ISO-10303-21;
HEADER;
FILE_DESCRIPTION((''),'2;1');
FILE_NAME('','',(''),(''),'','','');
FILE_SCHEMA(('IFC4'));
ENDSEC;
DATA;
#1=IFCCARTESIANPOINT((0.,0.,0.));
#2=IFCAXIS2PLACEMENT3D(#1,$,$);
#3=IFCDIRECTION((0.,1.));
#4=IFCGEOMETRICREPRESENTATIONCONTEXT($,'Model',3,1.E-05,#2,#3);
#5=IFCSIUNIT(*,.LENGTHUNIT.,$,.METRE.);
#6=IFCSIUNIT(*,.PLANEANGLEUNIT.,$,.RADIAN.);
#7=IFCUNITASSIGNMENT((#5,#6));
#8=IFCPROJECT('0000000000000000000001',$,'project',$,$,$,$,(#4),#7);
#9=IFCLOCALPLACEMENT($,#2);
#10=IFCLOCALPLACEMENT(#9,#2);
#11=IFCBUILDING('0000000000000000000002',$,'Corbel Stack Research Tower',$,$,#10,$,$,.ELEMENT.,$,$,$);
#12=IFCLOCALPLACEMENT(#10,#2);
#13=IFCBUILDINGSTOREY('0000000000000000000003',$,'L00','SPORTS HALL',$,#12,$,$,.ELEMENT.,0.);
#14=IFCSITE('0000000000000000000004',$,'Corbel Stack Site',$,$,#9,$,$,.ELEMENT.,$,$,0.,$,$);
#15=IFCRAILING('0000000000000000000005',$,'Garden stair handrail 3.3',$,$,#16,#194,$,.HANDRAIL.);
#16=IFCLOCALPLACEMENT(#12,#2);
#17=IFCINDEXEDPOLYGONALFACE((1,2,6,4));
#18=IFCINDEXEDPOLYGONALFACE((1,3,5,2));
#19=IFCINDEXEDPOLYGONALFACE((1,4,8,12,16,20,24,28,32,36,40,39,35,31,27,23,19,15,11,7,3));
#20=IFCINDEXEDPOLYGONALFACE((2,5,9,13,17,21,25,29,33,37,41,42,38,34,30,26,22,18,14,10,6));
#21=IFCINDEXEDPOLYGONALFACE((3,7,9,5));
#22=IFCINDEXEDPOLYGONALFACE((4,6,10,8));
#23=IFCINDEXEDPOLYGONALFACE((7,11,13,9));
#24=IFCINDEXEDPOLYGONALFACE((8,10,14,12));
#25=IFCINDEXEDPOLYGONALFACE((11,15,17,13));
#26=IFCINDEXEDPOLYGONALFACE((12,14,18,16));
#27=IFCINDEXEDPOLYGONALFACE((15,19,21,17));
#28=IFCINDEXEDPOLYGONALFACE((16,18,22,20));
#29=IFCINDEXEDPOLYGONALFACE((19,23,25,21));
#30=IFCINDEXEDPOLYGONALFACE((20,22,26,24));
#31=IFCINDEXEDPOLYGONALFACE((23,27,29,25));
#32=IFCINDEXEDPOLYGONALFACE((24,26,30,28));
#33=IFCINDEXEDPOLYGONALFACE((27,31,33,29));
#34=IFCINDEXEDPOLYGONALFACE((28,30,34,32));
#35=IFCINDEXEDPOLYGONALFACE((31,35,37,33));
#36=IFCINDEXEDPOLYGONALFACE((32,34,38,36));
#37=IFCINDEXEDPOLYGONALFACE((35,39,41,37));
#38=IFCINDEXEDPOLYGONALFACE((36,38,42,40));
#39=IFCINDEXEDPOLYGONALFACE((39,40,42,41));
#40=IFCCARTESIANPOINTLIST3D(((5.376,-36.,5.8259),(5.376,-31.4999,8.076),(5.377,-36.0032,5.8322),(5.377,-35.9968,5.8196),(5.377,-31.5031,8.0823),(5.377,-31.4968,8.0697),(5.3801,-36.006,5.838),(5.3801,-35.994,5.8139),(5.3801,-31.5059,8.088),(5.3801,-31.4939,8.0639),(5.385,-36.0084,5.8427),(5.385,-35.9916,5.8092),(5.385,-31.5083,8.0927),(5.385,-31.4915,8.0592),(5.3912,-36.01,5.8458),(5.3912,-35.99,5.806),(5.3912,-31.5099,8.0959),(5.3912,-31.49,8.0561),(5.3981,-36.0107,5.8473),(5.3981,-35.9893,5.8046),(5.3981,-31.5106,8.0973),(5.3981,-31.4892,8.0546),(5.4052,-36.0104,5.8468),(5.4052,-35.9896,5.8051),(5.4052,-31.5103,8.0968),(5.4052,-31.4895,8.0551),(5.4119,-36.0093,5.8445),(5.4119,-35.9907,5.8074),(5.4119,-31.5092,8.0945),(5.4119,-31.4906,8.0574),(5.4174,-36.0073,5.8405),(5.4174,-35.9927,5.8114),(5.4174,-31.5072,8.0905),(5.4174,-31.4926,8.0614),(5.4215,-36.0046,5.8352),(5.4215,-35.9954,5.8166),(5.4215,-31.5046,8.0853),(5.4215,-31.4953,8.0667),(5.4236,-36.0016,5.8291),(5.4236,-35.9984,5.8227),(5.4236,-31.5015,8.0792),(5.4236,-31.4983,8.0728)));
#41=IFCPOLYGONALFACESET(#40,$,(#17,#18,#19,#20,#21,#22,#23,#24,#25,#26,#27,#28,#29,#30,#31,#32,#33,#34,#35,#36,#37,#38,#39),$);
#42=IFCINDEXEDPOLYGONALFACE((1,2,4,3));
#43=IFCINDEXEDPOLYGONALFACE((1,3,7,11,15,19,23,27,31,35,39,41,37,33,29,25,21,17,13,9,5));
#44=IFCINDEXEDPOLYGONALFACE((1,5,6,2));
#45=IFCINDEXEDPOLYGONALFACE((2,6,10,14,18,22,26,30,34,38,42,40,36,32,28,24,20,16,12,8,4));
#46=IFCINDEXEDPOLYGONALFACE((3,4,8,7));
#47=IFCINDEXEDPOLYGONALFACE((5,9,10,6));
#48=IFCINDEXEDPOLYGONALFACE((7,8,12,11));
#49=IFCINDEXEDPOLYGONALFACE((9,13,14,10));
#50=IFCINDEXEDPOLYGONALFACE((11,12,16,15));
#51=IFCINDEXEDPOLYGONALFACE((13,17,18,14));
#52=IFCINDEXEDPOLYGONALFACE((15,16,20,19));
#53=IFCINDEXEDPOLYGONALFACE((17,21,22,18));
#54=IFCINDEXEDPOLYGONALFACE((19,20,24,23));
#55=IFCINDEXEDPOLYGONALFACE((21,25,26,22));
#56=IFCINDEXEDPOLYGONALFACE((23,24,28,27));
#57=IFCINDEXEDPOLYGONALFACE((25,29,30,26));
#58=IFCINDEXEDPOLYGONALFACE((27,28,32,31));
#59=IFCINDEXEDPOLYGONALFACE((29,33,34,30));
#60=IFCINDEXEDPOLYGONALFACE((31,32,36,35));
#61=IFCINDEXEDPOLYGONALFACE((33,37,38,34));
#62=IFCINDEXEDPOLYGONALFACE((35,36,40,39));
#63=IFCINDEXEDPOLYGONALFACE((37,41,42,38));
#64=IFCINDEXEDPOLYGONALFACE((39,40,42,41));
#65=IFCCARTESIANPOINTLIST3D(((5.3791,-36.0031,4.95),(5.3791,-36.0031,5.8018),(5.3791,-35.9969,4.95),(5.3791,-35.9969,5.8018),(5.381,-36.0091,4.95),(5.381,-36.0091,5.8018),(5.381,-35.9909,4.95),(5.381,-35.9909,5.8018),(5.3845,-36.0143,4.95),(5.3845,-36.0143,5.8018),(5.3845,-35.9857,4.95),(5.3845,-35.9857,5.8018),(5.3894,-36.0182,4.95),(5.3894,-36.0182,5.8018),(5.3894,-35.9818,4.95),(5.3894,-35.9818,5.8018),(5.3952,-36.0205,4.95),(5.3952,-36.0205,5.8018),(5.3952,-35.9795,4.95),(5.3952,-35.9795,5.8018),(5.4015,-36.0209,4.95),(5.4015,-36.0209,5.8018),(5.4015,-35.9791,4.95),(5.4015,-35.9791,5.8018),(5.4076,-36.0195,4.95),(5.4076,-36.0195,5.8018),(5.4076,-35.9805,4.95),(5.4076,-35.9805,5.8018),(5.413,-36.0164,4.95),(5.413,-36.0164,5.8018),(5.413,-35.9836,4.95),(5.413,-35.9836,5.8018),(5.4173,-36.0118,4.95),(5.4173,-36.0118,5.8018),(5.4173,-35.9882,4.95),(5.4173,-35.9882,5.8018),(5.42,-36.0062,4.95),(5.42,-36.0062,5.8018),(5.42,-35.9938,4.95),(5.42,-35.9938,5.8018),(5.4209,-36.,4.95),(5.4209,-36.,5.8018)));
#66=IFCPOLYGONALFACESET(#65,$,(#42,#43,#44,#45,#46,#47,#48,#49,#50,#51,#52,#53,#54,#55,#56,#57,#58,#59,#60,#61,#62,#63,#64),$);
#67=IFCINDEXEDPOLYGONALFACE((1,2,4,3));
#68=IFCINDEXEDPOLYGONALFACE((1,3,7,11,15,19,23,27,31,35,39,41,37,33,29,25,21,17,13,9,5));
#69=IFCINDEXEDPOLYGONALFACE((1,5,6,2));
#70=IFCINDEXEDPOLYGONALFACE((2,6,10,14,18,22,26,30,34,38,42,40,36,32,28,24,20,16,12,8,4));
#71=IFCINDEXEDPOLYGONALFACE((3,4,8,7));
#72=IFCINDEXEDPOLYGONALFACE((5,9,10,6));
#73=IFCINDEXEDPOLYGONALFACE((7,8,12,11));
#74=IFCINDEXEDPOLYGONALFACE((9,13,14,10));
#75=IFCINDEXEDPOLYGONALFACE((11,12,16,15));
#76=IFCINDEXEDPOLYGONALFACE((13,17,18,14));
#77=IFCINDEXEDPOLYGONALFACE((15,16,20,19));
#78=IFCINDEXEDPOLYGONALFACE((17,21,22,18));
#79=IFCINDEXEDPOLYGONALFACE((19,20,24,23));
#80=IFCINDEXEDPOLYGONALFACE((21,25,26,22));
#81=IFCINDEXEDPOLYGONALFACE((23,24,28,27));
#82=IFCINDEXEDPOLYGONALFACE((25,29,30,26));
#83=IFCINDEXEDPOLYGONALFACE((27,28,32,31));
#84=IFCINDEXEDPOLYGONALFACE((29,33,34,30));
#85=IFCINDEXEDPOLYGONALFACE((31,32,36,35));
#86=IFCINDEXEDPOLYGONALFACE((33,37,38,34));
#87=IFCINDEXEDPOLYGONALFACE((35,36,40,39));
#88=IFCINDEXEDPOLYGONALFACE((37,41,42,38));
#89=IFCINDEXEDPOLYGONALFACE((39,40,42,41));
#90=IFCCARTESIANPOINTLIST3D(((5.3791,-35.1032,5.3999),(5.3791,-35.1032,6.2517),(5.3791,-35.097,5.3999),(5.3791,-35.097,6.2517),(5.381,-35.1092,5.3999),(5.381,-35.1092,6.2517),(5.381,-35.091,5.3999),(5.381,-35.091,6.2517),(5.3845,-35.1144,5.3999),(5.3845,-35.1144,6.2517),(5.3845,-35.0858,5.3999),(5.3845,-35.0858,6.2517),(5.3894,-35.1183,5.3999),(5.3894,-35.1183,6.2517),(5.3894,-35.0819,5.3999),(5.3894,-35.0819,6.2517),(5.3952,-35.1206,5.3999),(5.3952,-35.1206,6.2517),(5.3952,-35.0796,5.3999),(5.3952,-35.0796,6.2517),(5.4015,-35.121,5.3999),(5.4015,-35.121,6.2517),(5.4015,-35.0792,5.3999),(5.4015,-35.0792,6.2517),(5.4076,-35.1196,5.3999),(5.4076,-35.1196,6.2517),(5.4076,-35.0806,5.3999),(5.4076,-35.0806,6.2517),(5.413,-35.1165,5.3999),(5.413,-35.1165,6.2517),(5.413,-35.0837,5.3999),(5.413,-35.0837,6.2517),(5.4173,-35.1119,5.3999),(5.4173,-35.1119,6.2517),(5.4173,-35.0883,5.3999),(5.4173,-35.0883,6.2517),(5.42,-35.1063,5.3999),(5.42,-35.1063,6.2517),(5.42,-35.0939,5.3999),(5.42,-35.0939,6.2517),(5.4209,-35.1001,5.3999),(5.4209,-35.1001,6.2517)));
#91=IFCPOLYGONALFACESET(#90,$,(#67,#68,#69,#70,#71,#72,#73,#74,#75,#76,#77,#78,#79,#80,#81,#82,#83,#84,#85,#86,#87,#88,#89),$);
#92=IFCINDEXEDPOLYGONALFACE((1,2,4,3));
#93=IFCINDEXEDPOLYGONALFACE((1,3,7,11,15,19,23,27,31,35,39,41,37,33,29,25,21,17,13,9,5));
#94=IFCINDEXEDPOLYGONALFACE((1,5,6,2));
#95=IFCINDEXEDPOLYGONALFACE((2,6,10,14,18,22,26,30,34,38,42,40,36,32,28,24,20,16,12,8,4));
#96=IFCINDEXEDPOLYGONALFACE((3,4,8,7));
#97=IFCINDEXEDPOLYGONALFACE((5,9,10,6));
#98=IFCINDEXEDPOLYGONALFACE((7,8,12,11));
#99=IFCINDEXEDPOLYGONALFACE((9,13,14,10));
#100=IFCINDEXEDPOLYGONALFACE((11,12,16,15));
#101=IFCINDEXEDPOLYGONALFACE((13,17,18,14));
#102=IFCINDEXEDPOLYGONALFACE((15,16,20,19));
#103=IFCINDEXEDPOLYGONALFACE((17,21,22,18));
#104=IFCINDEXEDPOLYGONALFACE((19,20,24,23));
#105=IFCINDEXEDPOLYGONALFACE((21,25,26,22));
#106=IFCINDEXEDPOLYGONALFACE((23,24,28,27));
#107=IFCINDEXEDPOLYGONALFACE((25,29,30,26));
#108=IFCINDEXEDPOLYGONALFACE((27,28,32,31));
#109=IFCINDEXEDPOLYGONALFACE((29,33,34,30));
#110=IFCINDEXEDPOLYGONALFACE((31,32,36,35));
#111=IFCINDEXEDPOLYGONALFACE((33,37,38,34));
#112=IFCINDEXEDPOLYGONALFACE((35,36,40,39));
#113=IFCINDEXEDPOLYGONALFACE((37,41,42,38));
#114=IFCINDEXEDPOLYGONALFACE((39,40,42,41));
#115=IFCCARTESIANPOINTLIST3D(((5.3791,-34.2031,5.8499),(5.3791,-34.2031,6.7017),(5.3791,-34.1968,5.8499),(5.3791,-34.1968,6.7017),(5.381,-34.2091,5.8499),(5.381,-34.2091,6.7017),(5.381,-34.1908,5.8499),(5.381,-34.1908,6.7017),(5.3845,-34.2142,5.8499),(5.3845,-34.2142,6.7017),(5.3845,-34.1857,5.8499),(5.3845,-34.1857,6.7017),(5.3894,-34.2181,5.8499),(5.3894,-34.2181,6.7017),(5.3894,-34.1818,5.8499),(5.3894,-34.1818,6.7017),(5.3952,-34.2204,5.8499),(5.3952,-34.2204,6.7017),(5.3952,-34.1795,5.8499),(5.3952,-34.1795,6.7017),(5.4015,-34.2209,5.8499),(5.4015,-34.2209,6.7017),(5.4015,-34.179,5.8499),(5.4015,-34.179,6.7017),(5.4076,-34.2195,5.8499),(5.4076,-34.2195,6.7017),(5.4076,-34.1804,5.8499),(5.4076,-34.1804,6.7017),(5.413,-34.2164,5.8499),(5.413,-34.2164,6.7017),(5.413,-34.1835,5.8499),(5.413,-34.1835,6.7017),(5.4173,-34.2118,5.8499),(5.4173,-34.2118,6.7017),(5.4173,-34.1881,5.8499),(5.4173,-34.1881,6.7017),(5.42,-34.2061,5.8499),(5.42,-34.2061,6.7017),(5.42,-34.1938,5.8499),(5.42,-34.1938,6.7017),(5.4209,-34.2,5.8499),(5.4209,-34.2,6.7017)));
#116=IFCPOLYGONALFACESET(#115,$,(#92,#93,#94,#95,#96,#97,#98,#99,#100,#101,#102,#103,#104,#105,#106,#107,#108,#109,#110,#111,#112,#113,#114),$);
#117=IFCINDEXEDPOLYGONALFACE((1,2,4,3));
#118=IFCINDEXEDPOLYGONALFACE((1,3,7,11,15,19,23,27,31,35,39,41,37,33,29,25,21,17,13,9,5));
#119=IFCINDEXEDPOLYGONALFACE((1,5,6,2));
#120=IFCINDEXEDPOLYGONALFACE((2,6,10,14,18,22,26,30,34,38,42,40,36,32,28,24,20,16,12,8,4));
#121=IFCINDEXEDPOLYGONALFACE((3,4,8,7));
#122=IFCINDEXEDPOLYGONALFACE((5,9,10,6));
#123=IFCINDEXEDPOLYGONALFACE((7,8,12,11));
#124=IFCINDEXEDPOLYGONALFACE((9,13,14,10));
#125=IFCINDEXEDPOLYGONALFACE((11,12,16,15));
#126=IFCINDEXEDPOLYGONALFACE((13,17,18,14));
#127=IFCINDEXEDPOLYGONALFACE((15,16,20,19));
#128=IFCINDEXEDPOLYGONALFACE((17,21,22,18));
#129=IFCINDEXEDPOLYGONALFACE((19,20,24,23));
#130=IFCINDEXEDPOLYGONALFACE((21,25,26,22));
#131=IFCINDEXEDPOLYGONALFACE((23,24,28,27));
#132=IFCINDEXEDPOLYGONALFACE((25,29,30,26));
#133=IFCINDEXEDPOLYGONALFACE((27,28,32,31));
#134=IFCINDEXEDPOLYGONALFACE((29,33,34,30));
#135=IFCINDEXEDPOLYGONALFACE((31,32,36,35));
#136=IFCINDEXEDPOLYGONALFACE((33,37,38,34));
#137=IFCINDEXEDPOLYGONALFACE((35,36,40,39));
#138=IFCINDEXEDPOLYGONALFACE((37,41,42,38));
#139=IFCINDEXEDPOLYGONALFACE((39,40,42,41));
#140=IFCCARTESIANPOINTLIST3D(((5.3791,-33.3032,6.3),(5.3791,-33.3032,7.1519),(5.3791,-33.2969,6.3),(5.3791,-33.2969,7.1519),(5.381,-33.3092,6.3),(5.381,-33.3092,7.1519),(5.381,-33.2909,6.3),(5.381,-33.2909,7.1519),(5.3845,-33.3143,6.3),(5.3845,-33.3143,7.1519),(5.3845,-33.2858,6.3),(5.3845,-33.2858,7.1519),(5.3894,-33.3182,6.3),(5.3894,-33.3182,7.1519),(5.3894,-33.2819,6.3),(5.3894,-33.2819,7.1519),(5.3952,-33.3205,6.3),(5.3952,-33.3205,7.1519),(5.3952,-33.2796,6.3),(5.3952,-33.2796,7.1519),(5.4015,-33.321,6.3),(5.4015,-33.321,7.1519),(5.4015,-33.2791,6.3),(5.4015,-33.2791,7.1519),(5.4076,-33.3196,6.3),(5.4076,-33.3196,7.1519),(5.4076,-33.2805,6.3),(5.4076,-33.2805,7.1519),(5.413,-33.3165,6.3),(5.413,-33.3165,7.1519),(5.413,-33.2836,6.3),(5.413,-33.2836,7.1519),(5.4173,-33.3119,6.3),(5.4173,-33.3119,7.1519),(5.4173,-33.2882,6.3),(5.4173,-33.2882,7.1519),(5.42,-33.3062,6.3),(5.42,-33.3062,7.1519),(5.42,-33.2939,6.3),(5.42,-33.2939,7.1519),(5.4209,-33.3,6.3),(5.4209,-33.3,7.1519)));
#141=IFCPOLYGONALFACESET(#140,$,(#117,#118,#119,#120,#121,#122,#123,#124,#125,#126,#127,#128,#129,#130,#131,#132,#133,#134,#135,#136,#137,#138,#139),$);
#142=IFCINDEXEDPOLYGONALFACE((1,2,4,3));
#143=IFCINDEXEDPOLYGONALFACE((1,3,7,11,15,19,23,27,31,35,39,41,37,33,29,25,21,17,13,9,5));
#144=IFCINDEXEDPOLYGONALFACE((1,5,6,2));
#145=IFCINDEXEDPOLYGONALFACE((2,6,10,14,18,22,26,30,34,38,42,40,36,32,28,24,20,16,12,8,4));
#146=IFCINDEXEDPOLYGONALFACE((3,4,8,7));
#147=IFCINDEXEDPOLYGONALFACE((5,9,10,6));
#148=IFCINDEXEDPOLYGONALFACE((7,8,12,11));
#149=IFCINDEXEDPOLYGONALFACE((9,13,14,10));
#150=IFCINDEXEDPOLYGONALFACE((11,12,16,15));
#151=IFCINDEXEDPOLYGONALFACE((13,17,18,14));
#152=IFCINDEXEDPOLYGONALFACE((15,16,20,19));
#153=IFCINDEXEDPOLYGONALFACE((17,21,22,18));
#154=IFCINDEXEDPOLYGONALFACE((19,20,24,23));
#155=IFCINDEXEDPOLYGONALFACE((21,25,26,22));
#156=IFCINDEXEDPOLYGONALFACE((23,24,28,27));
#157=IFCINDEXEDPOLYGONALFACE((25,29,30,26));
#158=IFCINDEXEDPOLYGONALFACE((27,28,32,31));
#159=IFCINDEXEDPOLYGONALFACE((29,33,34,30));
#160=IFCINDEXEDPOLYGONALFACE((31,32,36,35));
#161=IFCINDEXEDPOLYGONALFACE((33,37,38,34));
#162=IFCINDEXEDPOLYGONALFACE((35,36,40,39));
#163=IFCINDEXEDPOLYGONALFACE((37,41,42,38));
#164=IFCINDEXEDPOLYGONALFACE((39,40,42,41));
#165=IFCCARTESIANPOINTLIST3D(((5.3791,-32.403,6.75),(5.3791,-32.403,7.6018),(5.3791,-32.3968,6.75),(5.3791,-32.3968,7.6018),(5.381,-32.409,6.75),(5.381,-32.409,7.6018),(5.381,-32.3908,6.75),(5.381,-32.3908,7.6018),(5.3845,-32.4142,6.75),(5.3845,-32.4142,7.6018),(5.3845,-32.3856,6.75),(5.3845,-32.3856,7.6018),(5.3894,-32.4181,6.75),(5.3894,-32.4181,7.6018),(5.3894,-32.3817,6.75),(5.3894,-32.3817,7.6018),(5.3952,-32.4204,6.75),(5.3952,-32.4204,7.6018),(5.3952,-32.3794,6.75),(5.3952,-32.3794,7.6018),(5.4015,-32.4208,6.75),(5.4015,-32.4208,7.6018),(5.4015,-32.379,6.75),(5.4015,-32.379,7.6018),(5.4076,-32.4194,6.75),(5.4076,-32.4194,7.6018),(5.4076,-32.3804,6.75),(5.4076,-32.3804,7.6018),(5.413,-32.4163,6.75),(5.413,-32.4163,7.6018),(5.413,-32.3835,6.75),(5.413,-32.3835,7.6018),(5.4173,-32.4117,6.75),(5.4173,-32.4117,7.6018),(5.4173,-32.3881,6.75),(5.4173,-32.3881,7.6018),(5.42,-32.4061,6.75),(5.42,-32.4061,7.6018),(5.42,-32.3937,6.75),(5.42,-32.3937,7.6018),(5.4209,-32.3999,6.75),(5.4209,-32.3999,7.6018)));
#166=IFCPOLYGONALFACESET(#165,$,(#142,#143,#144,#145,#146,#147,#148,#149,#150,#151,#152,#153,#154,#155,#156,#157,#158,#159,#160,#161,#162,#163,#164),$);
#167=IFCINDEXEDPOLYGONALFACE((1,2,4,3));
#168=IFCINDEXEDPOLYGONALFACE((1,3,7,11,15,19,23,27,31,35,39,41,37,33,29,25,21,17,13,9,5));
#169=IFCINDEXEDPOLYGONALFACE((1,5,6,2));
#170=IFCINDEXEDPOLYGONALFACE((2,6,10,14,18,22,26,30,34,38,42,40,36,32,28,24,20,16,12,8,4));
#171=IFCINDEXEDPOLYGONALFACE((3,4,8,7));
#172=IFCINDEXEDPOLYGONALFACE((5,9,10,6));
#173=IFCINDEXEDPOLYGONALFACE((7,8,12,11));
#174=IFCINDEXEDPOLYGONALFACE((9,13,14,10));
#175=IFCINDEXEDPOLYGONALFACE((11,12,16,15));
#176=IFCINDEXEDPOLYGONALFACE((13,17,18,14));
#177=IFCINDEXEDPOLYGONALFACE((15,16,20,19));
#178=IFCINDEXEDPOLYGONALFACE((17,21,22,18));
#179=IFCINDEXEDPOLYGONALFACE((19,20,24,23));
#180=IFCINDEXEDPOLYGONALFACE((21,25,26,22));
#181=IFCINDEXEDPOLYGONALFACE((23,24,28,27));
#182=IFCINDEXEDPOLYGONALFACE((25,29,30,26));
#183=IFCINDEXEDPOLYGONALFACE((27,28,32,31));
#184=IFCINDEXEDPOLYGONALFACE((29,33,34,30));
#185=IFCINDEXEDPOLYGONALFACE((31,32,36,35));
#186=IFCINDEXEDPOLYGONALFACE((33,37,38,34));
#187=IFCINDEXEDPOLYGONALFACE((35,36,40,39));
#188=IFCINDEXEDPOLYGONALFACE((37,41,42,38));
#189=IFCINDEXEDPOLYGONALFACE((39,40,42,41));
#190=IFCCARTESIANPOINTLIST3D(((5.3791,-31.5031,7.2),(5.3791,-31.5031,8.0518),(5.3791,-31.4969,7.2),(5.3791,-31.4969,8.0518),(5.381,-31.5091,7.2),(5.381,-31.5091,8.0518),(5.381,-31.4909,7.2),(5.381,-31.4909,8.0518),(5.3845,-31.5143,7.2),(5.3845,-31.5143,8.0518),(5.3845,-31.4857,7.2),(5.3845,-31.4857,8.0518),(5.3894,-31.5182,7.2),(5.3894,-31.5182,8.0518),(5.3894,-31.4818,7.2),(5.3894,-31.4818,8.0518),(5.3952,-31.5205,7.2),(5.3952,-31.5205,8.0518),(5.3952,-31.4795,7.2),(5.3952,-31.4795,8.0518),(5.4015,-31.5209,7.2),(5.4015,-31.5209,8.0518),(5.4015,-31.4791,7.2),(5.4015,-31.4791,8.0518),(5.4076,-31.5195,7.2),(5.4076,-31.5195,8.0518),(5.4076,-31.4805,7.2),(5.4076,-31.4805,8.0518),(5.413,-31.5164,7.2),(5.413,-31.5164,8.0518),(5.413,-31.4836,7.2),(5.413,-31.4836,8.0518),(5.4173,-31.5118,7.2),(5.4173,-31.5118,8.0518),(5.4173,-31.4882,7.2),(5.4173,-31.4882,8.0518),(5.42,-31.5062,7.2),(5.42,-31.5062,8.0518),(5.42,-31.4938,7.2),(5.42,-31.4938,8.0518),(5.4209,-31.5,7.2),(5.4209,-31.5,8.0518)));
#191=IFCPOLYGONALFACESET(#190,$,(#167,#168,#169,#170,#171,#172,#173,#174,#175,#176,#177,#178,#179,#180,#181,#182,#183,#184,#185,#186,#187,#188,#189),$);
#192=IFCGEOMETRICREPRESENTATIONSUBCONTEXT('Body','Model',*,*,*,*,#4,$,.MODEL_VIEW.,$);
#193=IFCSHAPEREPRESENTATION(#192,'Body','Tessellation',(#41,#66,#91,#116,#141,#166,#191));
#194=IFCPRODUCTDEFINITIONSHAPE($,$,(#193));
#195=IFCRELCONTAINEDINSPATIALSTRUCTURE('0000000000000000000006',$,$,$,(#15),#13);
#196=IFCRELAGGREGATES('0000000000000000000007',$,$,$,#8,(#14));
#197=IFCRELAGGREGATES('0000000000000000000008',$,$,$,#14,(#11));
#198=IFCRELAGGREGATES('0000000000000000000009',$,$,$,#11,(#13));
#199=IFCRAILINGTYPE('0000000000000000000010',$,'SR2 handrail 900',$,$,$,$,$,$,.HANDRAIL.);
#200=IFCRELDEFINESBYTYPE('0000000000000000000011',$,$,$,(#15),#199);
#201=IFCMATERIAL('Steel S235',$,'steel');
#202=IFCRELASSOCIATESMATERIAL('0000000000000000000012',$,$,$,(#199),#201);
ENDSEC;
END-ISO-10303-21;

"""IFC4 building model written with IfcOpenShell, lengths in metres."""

from ifc_helpers import new_model, si_unit, direction, frame, origin, origin_2d, place, context, subcontext, project, spatial, circle, extrude, material, type_object, element, save


model = new_model("IFC4")

# Units and contexts
model_context = context("Model", 3, precision=1e-05, world=origin(), true_north=direction((0.0, 1.0)))
body_context = subcontext(model_context, "Body", "Model", "MODEL_VIEW")
ifc_project = project(units=[si_unit("LENGTHUNIT", "METRE"), si_unit("PLANEANGLEUNIT", "RADIAN")], contexts=[model_context])

# Site, building, storey
site_placement = place(None, origin())
site = spatial("IfcSite", under=ifc_project, at=site_placement, Name="Corbel Stack Site", CompositionType="ELEMENT", RefElevation=0.0)
building_placement = place(site_placement, origin())
building = spatial("IfcBuilding", under=site, at=building_placement, Name="Corbel Stack Research Tower", CompositionType="ELEMENT")
storey_placement = place(building_placement, origin())
storey = spatial("IfcBuildingStorey", under=building, at=storey_placement, Name="L00", Description="SPORTS HALL", CompositionType="ELEMENT", Elevation=0.0)

# Railing
ifc_material_1 = material(Name="Steel S235", Category="steel")
railing_type = type_object("IfcRailingType", Name="SR2 handrail 900", PredefinedType="HANDRAIL", material=ifc_material_1)
railing_1_placement = place(storey_placement, frame((5.3999, -36.0, 4.95)))
element("IfcRailing", 1, at=railing_1_placement, inside=storey, type_object=railing_type, Name="Garden stair handrail 3.3", PredefinedType="HANDRAIL", context=body_context, shape_type="SweptSolid", body=[
    extrude(circle(Radius=0.0239, at=origin_2d()), frame((0.0, 0.0, 0.876), z_axis=(0.0, 0.894427, 0.447214), x_axis=(-1.0, 0.0, 0.0)), (0.0, 0.0, 1.0), 5.0312),
    extrude(circle(Radius=0.021, at=origin_2d()), origin(), (0.0, 0.0, 1.0), 0.8518),
    extrude(circle(Radius=0.021, at=origin_2d()), frame((0.0, 0.8999, 0.45)), (0.0, 0.0, 1.0), 0.8518),
    extrude(circle(Radius=0.021, at=origin_2d()), frame((0.0, 1.8, 0.8999)), (0.0, 0.0, 1.0), 0.8518),
    extrude(circle(Radius=0.021, at=origin_2d()), frame((0.0, 2.7, 1.3501)), (0.0, 0.0, 1.0), 0.8518),
    extrude(circle(Radius=0.021, at=origin_2d()), frame((0.0, 3.6001, 1.8)), (0.0, 0.0, 1.0), 0.8518),
    extrude(circle(Radius=0.021, at=origin_2d()), frame((0.0, 4.5, 2.25)), (0.0, 0.0, 1.0), 0.8518),
])

save(model, "model.ifc")
